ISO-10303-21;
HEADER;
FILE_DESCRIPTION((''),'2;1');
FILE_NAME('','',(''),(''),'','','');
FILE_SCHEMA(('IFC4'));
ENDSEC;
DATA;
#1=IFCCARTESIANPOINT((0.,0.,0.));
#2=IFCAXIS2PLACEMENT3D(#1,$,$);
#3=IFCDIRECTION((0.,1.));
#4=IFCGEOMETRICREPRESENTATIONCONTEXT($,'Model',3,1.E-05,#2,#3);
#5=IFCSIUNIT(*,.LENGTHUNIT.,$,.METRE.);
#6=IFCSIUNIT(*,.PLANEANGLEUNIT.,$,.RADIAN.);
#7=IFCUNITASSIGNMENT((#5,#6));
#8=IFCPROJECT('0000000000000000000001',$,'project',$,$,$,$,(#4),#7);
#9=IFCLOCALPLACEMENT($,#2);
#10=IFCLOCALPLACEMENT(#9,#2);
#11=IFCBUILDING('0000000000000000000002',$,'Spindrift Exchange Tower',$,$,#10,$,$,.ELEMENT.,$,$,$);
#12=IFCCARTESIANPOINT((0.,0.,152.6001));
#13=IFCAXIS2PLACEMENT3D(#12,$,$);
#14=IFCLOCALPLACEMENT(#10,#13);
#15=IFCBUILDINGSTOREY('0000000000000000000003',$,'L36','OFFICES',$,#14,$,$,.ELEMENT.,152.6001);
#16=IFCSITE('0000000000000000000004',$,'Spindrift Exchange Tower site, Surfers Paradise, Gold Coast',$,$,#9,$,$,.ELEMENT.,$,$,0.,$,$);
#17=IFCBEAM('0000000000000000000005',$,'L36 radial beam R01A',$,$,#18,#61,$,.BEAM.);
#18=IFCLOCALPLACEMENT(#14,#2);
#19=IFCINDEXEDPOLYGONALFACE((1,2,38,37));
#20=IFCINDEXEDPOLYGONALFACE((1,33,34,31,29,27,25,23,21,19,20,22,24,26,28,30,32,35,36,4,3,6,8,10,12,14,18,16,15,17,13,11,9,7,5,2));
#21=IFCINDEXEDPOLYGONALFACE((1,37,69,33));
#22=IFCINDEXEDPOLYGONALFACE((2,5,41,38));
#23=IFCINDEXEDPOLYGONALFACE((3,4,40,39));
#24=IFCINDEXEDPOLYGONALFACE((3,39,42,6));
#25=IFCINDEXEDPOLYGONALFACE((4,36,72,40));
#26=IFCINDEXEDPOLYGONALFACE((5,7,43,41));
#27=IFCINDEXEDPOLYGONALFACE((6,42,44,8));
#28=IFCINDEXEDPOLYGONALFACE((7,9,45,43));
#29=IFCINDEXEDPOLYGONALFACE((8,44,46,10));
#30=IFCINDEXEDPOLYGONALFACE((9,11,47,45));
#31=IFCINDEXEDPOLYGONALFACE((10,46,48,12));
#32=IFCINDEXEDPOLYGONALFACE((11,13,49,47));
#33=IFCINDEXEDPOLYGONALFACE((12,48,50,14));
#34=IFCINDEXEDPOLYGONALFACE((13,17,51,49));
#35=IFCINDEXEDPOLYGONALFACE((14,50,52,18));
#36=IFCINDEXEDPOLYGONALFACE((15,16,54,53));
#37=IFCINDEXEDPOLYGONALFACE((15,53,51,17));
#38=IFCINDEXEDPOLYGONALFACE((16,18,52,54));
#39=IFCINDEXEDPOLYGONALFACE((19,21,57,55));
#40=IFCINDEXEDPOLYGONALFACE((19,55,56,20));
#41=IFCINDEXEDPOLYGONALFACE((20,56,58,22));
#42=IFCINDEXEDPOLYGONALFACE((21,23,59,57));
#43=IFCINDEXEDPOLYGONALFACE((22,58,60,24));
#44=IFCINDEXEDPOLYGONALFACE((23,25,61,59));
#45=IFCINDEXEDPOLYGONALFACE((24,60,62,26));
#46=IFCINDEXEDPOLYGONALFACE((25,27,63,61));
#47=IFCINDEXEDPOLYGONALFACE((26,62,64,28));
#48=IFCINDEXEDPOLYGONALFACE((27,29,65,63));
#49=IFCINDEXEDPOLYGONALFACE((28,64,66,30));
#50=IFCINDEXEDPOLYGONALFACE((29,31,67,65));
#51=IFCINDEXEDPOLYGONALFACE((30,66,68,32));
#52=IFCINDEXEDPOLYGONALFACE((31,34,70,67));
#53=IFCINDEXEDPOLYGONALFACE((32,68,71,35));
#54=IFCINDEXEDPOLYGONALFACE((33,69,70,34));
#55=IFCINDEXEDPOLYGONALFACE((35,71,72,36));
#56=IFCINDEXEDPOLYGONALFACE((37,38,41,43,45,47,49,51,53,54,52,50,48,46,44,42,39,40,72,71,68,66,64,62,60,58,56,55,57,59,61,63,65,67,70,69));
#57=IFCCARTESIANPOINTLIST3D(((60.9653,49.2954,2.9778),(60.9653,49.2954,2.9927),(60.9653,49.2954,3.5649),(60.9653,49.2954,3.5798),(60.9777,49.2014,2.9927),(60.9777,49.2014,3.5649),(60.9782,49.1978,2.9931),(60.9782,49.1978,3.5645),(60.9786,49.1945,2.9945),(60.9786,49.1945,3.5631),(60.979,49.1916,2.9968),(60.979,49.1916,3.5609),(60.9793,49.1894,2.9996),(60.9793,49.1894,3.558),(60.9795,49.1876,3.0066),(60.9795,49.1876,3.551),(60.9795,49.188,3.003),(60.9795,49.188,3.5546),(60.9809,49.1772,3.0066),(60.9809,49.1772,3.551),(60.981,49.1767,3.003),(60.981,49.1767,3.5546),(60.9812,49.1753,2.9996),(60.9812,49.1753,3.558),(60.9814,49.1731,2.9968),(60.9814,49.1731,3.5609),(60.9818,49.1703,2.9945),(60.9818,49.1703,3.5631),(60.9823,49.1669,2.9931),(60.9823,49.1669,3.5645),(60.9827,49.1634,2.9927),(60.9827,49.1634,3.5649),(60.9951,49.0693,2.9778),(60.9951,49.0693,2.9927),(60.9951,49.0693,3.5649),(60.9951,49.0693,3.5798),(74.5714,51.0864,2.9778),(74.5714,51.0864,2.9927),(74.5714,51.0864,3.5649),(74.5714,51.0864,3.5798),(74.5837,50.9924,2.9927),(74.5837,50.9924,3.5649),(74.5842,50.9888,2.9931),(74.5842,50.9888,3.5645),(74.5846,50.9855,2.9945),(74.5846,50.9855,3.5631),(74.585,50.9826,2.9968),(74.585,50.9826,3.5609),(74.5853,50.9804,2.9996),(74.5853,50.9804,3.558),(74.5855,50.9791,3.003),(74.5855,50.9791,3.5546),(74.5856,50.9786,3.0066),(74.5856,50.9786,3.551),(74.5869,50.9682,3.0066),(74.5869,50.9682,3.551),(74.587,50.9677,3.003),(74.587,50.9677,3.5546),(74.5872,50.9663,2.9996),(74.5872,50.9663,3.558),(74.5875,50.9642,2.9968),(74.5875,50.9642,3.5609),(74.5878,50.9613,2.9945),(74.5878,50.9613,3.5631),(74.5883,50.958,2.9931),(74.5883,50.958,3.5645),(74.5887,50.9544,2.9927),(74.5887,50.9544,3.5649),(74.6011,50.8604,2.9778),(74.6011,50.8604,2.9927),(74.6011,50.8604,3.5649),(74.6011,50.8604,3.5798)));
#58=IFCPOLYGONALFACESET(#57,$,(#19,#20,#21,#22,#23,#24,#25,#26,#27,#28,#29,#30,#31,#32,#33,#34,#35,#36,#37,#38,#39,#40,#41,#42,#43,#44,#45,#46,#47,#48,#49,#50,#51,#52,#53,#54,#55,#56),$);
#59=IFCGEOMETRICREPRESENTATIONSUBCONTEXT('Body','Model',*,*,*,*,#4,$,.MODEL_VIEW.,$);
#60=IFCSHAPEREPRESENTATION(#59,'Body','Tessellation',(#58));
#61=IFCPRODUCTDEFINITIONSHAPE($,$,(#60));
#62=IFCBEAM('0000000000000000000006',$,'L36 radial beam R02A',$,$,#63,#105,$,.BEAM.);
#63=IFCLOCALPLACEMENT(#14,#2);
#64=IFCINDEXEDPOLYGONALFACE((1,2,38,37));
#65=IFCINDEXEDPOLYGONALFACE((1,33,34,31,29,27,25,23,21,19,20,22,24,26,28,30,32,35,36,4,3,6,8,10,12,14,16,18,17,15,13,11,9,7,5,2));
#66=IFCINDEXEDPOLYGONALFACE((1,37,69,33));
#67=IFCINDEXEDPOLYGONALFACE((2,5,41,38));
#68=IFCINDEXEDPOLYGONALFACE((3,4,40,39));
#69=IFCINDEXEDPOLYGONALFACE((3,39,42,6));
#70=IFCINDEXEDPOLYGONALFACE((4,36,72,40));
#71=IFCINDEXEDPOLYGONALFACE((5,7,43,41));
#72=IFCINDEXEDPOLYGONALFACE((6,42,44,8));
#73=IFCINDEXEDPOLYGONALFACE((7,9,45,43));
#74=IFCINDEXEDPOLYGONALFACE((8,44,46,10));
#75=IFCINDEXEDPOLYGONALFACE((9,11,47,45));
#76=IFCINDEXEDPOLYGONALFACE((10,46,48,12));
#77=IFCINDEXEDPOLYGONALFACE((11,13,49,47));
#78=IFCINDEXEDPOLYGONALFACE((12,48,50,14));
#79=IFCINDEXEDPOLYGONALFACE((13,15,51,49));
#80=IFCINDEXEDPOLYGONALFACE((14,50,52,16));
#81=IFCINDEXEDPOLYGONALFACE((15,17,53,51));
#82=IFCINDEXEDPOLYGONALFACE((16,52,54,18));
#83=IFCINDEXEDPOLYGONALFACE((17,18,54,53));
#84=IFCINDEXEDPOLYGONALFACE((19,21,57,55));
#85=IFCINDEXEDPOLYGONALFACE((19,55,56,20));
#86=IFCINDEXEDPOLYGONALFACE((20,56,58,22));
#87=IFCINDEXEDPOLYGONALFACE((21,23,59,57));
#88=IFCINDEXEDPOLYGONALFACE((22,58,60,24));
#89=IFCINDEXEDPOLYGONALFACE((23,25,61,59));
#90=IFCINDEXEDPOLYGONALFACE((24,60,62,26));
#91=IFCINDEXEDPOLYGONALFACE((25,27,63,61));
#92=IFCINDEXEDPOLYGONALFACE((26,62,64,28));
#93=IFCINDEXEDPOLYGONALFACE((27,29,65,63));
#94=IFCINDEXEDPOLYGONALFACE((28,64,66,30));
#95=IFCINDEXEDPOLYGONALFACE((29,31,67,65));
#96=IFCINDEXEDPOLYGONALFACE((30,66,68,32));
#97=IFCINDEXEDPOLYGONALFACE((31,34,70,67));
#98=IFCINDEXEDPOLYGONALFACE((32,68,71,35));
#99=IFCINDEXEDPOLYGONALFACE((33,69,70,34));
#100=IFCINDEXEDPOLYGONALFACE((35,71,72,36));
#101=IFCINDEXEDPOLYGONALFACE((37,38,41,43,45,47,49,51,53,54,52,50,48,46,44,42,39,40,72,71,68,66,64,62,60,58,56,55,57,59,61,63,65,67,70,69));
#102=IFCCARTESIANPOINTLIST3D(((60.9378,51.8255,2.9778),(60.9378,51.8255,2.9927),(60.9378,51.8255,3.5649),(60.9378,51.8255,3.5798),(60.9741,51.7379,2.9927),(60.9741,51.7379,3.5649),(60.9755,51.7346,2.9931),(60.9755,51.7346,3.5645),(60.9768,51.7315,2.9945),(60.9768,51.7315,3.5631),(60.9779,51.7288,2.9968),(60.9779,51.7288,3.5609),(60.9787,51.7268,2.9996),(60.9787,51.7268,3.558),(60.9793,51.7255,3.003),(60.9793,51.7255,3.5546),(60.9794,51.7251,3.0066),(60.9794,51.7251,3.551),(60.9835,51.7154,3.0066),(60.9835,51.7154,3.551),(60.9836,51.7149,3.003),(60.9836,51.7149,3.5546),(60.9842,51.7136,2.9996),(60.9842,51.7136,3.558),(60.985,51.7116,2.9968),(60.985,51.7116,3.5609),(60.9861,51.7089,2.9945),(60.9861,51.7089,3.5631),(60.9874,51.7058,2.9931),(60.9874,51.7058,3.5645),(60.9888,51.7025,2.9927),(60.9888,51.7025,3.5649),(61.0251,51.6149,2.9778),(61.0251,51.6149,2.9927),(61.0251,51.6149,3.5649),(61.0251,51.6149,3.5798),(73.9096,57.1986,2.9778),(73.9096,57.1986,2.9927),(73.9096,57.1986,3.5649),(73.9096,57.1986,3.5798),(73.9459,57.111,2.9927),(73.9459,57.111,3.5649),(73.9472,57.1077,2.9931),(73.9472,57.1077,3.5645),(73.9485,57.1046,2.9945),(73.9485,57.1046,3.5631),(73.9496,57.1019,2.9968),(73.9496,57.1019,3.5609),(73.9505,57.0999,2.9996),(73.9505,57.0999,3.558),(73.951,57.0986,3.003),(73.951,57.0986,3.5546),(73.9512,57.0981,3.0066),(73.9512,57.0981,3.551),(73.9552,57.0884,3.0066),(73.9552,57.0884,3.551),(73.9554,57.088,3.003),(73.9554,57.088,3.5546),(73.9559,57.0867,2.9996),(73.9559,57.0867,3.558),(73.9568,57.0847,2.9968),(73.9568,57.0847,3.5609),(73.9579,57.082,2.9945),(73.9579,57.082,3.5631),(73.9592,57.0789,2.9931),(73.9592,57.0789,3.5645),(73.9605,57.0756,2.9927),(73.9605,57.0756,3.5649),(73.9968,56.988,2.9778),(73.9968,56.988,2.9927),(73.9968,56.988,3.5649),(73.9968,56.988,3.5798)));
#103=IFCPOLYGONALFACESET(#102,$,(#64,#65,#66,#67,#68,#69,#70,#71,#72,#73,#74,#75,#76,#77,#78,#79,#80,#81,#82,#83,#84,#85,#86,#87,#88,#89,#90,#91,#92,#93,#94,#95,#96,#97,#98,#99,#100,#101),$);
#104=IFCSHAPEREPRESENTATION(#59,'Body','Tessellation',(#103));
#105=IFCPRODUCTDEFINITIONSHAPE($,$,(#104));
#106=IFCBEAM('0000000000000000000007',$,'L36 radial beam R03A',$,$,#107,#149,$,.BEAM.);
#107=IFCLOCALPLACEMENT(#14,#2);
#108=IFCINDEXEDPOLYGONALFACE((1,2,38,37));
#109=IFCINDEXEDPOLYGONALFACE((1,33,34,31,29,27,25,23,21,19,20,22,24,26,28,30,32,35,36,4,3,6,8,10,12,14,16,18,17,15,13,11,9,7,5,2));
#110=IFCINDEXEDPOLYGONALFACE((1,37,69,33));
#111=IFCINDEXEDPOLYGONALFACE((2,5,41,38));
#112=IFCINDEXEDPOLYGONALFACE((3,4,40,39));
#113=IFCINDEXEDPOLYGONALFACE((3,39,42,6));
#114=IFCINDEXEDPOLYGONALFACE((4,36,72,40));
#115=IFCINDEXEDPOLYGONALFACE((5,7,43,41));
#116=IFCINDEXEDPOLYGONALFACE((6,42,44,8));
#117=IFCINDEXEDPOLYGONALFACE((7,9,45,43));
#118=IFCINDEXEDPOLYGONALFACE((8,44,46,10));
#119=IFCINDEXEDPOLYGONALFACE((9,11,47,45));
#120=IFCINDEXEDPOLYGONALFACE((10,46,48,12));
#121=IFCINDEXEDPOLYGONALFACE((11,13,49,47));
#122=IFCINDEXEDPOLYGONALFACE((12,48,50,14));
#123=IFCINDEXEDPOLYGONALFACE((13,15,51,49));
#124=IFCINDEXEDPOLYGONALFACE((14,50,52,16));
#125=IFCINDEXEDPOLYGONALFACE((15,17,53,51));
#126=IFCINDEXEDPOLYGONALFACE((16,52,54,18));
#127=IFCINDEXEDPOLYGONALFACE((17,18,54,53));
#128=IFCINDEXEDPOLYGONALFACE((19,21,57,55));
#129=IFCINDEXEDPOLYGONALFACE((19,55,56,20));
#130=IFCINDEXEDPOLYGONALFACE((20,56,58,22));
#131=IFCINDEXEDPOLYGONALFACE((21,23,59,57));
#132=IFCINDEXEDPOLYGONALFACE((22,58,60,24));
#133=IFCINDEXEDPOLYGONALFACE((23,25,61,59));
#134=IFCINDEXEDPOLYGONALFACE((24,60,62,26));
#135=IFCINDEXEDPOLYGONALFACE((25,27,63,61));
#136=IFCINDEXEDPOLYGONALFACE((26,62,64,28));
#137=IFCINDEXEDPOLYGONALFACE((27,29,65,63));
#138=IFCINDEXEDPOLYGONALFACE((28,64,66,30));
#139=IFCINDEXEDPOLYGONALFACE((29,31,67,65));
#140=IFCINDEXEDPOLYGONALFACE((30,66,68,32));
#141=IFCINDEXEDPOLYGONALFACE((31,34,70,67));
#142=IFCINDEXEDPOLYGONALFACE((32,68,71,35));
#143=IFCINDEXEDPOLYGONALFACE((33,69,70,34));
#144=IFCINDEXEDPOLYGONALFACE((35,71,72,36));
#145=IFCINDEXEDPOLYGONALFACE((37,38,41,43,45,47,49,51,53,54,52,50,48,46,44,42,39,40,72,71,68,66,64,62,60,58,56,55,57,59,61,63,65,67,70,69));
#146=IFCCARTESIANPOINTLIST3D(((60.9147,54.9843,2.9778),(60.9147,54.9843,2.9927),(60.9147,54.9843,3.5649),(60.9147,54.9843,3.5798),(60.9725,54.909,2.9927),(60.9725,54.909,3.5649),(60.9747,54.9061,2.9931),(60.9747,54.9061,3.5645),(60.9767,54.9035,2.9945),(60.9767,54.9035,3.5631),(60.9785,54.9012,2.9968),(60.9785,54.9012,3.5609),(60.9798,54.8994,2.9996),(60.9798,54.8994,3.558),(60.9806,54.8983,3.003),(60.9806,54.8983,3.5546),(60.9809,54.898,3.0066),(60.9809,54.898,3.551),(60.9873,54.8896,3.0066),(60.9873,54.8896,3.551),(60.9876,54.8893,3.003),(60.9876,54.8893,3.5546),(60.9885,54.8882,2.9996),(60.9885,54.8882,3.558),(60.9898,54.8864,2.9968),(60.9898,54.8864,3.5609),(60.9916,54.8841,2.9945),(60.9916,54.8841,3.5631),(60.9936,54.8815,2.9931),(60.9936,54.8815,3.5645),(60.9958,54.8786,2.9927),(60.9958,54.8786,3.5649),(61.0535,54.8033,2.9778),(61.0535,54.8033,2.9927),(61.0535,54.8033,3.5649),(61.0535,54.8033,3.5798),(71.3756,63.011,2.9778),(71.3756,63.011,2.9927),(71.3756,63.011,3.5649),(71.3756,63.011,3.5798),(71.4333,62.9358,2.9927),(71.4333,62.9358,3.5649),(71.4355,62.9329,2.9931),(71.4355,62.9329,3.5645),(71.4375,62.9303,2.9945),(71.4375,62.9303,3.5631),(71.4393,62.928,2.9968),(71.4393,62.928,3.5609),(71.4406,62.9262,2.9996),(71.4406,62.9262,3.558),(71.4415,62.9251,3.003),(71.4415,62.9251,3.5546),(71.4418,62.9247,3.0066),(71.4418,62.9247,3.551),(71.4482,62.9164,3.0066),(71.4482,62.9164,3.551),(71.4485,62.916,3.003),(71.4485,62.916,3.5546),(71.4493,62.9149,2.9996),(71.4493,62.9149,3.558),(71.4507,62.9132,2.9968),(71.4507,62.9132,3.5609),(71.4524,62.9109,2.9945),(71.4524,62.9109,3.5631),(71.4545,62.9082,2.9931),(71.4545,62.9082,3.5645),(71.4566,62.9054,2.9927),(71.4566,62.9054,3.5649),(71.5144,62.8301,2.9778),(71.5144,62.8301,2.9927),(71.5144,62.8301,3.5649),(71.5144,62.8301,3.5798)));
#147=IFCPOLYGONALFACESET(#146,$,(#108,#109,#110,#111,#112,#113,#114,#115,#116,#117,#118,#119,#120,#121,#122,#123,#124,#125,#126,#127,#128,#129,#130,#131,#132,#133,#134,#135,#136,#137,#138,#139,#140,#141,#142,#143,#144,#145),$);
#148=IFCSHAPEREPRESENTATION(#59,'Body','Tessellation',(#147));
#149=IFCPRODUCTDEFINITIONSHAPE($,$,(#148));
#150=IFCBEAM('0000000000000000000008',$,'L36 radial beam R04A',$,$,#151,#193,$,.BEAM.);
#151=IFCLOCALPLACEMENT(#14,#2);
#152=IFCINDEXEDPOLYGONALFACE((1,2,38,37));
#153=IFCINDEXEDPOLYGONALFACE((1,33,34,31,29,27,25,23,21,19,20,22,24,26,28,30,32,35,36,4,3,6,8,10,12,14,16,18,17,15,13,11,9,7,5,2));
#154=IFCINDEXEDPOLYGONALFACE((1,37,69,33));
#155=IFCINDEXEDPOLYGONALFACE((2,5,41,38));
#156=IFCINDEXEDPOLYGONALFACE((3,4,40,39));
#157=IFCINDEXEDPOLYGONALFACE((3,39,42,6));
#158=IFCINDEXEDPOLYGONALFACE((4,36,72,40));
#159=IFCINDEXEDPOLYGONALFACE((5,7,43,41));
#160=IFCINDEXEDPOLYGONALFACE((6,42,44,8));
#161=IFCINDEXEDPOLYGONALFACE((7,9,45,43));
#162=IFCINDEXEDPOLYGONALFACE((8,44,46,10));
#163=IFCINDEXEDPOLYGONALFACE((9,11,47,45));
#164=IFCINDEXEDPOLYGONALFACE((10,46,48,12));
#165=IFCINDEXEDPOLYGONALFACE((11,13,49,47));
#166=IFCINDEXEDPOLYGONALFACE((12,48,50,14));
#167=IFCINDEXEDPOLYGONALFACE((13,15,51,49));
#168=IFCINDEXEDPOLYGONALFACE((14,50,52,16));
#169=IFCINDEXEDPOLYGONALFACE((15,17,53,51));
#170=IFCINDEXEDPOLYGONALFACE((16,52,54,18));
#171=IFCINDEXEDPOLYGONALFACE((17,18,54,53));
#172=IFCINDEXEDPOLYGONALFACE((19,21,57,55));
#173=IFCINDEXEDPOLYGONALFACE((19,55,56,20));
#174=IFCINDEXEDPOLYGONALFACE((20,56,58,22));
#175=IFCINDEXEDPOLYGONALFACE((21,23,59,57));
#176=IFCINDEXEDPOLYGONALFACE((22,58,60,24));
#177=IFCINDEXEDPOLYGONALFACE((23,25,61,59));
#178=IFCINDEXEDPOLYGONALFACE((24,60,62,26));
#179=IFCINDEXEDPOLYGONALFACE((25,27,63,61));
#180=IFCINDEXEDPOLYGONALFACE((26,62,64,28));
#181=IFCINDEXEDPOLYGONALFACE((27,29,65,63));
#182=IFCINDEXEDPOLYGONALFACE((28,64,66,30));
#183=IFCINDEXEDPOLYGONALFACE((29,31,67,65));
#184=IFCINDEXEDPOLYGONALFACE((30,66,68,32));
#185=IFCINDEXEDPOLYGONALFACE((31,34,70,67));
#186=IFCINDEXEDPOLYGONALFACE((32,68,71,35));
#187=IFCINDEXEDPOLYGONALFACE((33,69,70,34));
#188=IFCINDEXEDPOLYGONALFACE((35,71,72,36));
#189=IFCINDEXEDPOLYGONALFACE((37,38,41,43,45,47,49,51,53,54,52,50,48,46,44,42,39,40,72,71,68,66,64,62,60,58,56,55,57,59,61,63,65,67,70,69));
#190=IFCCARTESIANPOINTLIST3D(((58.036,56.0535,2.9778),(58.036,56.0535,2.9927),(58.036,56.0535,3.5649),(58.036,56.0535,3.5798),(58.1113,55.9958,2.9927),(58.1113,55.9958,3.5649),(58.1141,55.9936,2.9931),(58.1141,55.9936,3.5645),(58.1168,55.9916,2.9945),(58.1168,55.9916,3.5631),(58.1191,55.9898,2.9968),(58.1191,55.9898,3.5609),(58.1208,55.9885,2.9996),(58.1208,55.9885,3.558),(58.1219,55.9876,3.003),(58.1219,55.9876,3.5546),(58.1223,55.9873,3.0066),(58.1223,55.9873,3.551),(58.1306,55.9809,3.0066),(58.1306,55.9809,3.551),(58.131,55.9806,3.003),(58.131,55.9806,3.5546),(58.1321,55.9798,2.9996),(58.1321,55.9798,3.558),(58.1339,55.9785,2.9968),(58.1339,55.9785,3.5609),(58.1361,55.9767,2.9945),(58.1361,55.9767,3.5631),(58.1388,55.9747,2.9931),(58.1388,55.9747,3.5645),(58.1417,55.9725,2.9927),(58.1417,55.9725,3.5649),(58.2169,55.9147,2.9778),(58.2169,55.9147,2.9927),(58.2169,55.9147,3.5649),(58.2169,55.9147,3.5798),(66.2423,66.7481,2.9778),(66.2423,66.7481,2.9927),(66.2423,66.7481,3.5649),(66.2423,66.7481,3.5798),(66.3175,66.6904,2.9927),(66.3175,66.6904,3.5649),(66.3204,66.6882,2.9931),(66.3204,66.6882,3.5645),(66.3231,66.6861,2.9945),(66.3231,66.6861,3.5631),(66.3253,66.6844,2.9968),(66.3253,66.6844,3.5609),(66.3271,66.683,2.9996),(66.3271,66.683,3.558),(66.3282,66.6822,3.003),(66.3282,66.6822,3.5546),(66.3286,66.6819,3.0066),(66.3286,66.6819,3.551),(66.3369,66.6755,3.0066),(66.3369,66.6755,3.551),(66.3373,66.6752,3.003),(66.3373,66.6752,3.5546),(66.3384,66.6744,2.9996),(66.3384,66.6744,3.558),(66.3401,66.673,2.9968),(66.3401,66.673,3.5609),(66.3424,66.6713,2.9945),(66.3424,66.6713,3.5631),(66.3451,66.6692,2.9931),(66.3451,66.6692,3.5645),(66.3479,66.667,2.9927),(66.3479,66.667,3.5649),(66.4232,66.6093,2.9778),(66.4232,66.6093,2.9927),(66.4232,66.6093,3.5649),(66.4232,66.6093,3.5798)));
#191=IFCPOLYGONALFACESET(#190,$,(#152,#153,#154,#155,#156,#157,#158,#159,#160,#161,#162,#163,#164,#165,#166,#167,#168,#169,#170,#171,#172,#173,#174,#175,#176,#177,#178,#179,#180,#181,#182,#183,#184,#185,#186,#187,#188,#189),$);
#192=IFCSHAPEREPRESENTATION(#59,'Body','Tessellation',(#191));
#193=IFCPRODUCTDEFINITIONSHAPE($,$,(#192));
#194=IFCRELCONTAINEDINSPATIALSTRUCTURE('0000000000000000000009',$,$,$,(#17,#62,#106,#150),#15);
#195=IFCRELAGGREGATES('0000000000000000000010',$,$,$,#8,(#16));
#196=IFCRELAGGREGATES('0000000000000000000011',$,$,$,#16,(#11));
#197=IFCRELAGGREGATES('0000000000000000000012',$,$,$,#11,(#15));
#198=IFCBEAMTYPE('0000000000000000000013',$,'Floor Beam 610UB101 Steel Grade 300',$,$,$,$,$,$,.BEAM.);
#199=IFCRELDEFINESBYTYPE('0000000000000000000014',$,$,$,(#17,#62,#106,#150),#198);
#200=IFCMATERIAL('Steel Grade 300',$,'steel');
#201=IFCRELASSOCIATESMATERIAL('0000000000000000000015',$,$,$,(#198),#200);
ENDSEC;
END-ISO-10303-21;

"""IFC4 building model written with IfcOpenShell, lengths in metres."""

from ifc_helpers import new_model, si_unit, direction, frame, origin, origin_2d, place, context, subcontext, project, spatial, i_section, extrude, source, transform, mapped, material, material_profile, profile_set, type_object, element, save


model = new_model("IFC4")

# Units and contexts
model_context = context("Model", 3, precision=1e-05, world=origin(), true_north=direction((0.0, 1.0)))
body_context = subcontext(model_context, "Body", "Model", "MODEL_VIEW")
ifc_project = project(units=[si_unit("LENGTHUNIT", "METRE"), si_unit("PLANEANGLEUNIT", "RADIAN")], contexts=[model_context])

# Site, building, storey
site_placement = place(None, origin())
site = spatial("IfcSite", under=ifc_project, at=site_placement, Name="Spindrift Exchange Tower site, Surfers Paradise, Gold Coast", CompositionType="ELEMENT", RefElevation=0.0)
building_placement = place(site_placement, origin())
building = spatial("IfcBuilding", under=site, at=building_placement, Name="Spindrift Exchange Tower", CompositionType="ELEMENT")
storey_placement = place(building_placement, frame((0.0, 0.0, 152.6001)))
storey = spatial("IfcBuildingStorey", under=building, at=storey_placement, Name="L36", Description="OFFICES", CompositionType="ELEMENT", Elevation=152.6001)

# Beams
ifc_material_1 = material(Name="Steel Grade 300", Category="steel")
ifc_material_profile_1 = material_profile(ifc_material_1, i_section(OverallWidth=0.228, OverallDepth=0.6021, WebThickness=0.0105, FlangeThickness=0.0149, FilletRadius=0.0139, at=origin_2d()), Name="610UB101")
ifc_profile_set_1 = profile_set([ifc_material_profile_1], Name="Steel Grade 300")
beam_type_1 = type_object("IfcBeamType", Name="Floor Beam 610UB101 Steel Grade 300", PredefinedType="BEAM", material=ifc_profile_set_1)
shared_shape_1 = source(origin(), body_context, "Body", "SweptSolid", [
    extrude(i_section(OverallWidth=0.228, OverallDepth=0.6021, WebThickness=0.0105, FlangeThickness=0.0149, FilletRadius=0.0139, at=origin_2d()), origin(), (0.0, 0.0, 1.0), 13.7234),
])
beam_1_placement = place(storey_placement, frame((60.9802, 49.1824, 3.2788), z_axis=(0.991447, 0.130509, 0.0), x_axis=(-0.130509, 0.991447, 0.0)))
element("IfcBeam", 1, at=beam_1_placement, inside=storey, type_object=beam_type_1, Name="L36 radial beam R01A", PredefinedType="BEAM", context=body_context, shape_type="MappedRepresentation", body=[
    mapped(shared_shape_1, transform((0.0, 0.0, 0.0), scale=1.0)),
])
shared_shape_2 = source(origin(), body_context, "Body", "SweptSolid", [
    extrude(i_section(OverallWidth=0.228, OverallDepth=0.6021, WebThickness=0.0105, FlangeThickness=0.0149, FilletRadius=0.0139, at=origin_2d()), origin(), (0.0, 0.0, 1.0), 14.0405),
])
beam_2_placement = place(storey_placement, frame((60.9814, 51.7202, 3.2788), z_axis=(0.92388, 0.382684, 0.0), x_axis=(-0.382684, 0.92388, 0.0)))
element("IfcBeam", 2, at=beam_2_placement, inside=storey, type_object=beam_type_1, Name="L36 radial beam R02A", PredefinedType="BEAM", context=body_context, shape_type="MappedRepresentation", body=[
    mapped(shared_shape_2, transform((0.0, 0.0, 0.0), scale=1.0)),
])
shared_shape_3 = source(origin(), body_context, "Body", "SweptSolid", [
    extrude(i_section(OverallWidth=0.228, OverallDepth=0.6021, WebThickness=0.0105, FlangeThickness=0.0149, FilletRadius=0.0139, at=origin_2d()), origin(), (0.0, 0.0, 1.0), 13.1855),
])
beam_3_placement = place(storey_placement, frame((60.9841, 54.8938, 3.2788), z_axis=(0.793357, 0.608756, 0.0), x_axis=(-0.608756, 0.793357, 0.0)))
element("IfcBeam", 3, at=beam_3_placement, inside=storey, type_object=beam_type_1, Name="L36 radial beam R03A", PredefinedType="BEAM", context=body_context, shape_type="MappedRepresentation", body=[
    mapped(shared_shape_3, transform((0.0, 0.0, 0.0), scale=1.0)),
])
shared_shape_4 = source(origin(), body_context, "Body", "SweptSolid", [
    extrude(i_section(OverallWidth=0.228, OverallDepth=0.6021, WebThickness=0.0105, FlangeThickness=0.0149, FilletRadius=0.0139, at=origin_2d()), origin(), (0.0, 0.0, 1.0), 13.4802),
])
beam_4_placement = place(storey_placement, frame((58.1265, 55.9841, 3.2788), z_axis=(0.608764, 0.793351, 0.0), x_axis=(-0.793351, 0.608764, 0.0)))
element("IfcBeam", 4, at=beam_4_placement, inside=storey, type_object=beam_type_1, Name="L36 radial beam R04A", PredefinedType="BEAM", context=body_context, shape_type="MappedRepresentation", body=[
    mapped(shared_shape_4, transform((0.0, 0.0, 0.0), scale=1.0)),
])

save(model, "model.ifc")
